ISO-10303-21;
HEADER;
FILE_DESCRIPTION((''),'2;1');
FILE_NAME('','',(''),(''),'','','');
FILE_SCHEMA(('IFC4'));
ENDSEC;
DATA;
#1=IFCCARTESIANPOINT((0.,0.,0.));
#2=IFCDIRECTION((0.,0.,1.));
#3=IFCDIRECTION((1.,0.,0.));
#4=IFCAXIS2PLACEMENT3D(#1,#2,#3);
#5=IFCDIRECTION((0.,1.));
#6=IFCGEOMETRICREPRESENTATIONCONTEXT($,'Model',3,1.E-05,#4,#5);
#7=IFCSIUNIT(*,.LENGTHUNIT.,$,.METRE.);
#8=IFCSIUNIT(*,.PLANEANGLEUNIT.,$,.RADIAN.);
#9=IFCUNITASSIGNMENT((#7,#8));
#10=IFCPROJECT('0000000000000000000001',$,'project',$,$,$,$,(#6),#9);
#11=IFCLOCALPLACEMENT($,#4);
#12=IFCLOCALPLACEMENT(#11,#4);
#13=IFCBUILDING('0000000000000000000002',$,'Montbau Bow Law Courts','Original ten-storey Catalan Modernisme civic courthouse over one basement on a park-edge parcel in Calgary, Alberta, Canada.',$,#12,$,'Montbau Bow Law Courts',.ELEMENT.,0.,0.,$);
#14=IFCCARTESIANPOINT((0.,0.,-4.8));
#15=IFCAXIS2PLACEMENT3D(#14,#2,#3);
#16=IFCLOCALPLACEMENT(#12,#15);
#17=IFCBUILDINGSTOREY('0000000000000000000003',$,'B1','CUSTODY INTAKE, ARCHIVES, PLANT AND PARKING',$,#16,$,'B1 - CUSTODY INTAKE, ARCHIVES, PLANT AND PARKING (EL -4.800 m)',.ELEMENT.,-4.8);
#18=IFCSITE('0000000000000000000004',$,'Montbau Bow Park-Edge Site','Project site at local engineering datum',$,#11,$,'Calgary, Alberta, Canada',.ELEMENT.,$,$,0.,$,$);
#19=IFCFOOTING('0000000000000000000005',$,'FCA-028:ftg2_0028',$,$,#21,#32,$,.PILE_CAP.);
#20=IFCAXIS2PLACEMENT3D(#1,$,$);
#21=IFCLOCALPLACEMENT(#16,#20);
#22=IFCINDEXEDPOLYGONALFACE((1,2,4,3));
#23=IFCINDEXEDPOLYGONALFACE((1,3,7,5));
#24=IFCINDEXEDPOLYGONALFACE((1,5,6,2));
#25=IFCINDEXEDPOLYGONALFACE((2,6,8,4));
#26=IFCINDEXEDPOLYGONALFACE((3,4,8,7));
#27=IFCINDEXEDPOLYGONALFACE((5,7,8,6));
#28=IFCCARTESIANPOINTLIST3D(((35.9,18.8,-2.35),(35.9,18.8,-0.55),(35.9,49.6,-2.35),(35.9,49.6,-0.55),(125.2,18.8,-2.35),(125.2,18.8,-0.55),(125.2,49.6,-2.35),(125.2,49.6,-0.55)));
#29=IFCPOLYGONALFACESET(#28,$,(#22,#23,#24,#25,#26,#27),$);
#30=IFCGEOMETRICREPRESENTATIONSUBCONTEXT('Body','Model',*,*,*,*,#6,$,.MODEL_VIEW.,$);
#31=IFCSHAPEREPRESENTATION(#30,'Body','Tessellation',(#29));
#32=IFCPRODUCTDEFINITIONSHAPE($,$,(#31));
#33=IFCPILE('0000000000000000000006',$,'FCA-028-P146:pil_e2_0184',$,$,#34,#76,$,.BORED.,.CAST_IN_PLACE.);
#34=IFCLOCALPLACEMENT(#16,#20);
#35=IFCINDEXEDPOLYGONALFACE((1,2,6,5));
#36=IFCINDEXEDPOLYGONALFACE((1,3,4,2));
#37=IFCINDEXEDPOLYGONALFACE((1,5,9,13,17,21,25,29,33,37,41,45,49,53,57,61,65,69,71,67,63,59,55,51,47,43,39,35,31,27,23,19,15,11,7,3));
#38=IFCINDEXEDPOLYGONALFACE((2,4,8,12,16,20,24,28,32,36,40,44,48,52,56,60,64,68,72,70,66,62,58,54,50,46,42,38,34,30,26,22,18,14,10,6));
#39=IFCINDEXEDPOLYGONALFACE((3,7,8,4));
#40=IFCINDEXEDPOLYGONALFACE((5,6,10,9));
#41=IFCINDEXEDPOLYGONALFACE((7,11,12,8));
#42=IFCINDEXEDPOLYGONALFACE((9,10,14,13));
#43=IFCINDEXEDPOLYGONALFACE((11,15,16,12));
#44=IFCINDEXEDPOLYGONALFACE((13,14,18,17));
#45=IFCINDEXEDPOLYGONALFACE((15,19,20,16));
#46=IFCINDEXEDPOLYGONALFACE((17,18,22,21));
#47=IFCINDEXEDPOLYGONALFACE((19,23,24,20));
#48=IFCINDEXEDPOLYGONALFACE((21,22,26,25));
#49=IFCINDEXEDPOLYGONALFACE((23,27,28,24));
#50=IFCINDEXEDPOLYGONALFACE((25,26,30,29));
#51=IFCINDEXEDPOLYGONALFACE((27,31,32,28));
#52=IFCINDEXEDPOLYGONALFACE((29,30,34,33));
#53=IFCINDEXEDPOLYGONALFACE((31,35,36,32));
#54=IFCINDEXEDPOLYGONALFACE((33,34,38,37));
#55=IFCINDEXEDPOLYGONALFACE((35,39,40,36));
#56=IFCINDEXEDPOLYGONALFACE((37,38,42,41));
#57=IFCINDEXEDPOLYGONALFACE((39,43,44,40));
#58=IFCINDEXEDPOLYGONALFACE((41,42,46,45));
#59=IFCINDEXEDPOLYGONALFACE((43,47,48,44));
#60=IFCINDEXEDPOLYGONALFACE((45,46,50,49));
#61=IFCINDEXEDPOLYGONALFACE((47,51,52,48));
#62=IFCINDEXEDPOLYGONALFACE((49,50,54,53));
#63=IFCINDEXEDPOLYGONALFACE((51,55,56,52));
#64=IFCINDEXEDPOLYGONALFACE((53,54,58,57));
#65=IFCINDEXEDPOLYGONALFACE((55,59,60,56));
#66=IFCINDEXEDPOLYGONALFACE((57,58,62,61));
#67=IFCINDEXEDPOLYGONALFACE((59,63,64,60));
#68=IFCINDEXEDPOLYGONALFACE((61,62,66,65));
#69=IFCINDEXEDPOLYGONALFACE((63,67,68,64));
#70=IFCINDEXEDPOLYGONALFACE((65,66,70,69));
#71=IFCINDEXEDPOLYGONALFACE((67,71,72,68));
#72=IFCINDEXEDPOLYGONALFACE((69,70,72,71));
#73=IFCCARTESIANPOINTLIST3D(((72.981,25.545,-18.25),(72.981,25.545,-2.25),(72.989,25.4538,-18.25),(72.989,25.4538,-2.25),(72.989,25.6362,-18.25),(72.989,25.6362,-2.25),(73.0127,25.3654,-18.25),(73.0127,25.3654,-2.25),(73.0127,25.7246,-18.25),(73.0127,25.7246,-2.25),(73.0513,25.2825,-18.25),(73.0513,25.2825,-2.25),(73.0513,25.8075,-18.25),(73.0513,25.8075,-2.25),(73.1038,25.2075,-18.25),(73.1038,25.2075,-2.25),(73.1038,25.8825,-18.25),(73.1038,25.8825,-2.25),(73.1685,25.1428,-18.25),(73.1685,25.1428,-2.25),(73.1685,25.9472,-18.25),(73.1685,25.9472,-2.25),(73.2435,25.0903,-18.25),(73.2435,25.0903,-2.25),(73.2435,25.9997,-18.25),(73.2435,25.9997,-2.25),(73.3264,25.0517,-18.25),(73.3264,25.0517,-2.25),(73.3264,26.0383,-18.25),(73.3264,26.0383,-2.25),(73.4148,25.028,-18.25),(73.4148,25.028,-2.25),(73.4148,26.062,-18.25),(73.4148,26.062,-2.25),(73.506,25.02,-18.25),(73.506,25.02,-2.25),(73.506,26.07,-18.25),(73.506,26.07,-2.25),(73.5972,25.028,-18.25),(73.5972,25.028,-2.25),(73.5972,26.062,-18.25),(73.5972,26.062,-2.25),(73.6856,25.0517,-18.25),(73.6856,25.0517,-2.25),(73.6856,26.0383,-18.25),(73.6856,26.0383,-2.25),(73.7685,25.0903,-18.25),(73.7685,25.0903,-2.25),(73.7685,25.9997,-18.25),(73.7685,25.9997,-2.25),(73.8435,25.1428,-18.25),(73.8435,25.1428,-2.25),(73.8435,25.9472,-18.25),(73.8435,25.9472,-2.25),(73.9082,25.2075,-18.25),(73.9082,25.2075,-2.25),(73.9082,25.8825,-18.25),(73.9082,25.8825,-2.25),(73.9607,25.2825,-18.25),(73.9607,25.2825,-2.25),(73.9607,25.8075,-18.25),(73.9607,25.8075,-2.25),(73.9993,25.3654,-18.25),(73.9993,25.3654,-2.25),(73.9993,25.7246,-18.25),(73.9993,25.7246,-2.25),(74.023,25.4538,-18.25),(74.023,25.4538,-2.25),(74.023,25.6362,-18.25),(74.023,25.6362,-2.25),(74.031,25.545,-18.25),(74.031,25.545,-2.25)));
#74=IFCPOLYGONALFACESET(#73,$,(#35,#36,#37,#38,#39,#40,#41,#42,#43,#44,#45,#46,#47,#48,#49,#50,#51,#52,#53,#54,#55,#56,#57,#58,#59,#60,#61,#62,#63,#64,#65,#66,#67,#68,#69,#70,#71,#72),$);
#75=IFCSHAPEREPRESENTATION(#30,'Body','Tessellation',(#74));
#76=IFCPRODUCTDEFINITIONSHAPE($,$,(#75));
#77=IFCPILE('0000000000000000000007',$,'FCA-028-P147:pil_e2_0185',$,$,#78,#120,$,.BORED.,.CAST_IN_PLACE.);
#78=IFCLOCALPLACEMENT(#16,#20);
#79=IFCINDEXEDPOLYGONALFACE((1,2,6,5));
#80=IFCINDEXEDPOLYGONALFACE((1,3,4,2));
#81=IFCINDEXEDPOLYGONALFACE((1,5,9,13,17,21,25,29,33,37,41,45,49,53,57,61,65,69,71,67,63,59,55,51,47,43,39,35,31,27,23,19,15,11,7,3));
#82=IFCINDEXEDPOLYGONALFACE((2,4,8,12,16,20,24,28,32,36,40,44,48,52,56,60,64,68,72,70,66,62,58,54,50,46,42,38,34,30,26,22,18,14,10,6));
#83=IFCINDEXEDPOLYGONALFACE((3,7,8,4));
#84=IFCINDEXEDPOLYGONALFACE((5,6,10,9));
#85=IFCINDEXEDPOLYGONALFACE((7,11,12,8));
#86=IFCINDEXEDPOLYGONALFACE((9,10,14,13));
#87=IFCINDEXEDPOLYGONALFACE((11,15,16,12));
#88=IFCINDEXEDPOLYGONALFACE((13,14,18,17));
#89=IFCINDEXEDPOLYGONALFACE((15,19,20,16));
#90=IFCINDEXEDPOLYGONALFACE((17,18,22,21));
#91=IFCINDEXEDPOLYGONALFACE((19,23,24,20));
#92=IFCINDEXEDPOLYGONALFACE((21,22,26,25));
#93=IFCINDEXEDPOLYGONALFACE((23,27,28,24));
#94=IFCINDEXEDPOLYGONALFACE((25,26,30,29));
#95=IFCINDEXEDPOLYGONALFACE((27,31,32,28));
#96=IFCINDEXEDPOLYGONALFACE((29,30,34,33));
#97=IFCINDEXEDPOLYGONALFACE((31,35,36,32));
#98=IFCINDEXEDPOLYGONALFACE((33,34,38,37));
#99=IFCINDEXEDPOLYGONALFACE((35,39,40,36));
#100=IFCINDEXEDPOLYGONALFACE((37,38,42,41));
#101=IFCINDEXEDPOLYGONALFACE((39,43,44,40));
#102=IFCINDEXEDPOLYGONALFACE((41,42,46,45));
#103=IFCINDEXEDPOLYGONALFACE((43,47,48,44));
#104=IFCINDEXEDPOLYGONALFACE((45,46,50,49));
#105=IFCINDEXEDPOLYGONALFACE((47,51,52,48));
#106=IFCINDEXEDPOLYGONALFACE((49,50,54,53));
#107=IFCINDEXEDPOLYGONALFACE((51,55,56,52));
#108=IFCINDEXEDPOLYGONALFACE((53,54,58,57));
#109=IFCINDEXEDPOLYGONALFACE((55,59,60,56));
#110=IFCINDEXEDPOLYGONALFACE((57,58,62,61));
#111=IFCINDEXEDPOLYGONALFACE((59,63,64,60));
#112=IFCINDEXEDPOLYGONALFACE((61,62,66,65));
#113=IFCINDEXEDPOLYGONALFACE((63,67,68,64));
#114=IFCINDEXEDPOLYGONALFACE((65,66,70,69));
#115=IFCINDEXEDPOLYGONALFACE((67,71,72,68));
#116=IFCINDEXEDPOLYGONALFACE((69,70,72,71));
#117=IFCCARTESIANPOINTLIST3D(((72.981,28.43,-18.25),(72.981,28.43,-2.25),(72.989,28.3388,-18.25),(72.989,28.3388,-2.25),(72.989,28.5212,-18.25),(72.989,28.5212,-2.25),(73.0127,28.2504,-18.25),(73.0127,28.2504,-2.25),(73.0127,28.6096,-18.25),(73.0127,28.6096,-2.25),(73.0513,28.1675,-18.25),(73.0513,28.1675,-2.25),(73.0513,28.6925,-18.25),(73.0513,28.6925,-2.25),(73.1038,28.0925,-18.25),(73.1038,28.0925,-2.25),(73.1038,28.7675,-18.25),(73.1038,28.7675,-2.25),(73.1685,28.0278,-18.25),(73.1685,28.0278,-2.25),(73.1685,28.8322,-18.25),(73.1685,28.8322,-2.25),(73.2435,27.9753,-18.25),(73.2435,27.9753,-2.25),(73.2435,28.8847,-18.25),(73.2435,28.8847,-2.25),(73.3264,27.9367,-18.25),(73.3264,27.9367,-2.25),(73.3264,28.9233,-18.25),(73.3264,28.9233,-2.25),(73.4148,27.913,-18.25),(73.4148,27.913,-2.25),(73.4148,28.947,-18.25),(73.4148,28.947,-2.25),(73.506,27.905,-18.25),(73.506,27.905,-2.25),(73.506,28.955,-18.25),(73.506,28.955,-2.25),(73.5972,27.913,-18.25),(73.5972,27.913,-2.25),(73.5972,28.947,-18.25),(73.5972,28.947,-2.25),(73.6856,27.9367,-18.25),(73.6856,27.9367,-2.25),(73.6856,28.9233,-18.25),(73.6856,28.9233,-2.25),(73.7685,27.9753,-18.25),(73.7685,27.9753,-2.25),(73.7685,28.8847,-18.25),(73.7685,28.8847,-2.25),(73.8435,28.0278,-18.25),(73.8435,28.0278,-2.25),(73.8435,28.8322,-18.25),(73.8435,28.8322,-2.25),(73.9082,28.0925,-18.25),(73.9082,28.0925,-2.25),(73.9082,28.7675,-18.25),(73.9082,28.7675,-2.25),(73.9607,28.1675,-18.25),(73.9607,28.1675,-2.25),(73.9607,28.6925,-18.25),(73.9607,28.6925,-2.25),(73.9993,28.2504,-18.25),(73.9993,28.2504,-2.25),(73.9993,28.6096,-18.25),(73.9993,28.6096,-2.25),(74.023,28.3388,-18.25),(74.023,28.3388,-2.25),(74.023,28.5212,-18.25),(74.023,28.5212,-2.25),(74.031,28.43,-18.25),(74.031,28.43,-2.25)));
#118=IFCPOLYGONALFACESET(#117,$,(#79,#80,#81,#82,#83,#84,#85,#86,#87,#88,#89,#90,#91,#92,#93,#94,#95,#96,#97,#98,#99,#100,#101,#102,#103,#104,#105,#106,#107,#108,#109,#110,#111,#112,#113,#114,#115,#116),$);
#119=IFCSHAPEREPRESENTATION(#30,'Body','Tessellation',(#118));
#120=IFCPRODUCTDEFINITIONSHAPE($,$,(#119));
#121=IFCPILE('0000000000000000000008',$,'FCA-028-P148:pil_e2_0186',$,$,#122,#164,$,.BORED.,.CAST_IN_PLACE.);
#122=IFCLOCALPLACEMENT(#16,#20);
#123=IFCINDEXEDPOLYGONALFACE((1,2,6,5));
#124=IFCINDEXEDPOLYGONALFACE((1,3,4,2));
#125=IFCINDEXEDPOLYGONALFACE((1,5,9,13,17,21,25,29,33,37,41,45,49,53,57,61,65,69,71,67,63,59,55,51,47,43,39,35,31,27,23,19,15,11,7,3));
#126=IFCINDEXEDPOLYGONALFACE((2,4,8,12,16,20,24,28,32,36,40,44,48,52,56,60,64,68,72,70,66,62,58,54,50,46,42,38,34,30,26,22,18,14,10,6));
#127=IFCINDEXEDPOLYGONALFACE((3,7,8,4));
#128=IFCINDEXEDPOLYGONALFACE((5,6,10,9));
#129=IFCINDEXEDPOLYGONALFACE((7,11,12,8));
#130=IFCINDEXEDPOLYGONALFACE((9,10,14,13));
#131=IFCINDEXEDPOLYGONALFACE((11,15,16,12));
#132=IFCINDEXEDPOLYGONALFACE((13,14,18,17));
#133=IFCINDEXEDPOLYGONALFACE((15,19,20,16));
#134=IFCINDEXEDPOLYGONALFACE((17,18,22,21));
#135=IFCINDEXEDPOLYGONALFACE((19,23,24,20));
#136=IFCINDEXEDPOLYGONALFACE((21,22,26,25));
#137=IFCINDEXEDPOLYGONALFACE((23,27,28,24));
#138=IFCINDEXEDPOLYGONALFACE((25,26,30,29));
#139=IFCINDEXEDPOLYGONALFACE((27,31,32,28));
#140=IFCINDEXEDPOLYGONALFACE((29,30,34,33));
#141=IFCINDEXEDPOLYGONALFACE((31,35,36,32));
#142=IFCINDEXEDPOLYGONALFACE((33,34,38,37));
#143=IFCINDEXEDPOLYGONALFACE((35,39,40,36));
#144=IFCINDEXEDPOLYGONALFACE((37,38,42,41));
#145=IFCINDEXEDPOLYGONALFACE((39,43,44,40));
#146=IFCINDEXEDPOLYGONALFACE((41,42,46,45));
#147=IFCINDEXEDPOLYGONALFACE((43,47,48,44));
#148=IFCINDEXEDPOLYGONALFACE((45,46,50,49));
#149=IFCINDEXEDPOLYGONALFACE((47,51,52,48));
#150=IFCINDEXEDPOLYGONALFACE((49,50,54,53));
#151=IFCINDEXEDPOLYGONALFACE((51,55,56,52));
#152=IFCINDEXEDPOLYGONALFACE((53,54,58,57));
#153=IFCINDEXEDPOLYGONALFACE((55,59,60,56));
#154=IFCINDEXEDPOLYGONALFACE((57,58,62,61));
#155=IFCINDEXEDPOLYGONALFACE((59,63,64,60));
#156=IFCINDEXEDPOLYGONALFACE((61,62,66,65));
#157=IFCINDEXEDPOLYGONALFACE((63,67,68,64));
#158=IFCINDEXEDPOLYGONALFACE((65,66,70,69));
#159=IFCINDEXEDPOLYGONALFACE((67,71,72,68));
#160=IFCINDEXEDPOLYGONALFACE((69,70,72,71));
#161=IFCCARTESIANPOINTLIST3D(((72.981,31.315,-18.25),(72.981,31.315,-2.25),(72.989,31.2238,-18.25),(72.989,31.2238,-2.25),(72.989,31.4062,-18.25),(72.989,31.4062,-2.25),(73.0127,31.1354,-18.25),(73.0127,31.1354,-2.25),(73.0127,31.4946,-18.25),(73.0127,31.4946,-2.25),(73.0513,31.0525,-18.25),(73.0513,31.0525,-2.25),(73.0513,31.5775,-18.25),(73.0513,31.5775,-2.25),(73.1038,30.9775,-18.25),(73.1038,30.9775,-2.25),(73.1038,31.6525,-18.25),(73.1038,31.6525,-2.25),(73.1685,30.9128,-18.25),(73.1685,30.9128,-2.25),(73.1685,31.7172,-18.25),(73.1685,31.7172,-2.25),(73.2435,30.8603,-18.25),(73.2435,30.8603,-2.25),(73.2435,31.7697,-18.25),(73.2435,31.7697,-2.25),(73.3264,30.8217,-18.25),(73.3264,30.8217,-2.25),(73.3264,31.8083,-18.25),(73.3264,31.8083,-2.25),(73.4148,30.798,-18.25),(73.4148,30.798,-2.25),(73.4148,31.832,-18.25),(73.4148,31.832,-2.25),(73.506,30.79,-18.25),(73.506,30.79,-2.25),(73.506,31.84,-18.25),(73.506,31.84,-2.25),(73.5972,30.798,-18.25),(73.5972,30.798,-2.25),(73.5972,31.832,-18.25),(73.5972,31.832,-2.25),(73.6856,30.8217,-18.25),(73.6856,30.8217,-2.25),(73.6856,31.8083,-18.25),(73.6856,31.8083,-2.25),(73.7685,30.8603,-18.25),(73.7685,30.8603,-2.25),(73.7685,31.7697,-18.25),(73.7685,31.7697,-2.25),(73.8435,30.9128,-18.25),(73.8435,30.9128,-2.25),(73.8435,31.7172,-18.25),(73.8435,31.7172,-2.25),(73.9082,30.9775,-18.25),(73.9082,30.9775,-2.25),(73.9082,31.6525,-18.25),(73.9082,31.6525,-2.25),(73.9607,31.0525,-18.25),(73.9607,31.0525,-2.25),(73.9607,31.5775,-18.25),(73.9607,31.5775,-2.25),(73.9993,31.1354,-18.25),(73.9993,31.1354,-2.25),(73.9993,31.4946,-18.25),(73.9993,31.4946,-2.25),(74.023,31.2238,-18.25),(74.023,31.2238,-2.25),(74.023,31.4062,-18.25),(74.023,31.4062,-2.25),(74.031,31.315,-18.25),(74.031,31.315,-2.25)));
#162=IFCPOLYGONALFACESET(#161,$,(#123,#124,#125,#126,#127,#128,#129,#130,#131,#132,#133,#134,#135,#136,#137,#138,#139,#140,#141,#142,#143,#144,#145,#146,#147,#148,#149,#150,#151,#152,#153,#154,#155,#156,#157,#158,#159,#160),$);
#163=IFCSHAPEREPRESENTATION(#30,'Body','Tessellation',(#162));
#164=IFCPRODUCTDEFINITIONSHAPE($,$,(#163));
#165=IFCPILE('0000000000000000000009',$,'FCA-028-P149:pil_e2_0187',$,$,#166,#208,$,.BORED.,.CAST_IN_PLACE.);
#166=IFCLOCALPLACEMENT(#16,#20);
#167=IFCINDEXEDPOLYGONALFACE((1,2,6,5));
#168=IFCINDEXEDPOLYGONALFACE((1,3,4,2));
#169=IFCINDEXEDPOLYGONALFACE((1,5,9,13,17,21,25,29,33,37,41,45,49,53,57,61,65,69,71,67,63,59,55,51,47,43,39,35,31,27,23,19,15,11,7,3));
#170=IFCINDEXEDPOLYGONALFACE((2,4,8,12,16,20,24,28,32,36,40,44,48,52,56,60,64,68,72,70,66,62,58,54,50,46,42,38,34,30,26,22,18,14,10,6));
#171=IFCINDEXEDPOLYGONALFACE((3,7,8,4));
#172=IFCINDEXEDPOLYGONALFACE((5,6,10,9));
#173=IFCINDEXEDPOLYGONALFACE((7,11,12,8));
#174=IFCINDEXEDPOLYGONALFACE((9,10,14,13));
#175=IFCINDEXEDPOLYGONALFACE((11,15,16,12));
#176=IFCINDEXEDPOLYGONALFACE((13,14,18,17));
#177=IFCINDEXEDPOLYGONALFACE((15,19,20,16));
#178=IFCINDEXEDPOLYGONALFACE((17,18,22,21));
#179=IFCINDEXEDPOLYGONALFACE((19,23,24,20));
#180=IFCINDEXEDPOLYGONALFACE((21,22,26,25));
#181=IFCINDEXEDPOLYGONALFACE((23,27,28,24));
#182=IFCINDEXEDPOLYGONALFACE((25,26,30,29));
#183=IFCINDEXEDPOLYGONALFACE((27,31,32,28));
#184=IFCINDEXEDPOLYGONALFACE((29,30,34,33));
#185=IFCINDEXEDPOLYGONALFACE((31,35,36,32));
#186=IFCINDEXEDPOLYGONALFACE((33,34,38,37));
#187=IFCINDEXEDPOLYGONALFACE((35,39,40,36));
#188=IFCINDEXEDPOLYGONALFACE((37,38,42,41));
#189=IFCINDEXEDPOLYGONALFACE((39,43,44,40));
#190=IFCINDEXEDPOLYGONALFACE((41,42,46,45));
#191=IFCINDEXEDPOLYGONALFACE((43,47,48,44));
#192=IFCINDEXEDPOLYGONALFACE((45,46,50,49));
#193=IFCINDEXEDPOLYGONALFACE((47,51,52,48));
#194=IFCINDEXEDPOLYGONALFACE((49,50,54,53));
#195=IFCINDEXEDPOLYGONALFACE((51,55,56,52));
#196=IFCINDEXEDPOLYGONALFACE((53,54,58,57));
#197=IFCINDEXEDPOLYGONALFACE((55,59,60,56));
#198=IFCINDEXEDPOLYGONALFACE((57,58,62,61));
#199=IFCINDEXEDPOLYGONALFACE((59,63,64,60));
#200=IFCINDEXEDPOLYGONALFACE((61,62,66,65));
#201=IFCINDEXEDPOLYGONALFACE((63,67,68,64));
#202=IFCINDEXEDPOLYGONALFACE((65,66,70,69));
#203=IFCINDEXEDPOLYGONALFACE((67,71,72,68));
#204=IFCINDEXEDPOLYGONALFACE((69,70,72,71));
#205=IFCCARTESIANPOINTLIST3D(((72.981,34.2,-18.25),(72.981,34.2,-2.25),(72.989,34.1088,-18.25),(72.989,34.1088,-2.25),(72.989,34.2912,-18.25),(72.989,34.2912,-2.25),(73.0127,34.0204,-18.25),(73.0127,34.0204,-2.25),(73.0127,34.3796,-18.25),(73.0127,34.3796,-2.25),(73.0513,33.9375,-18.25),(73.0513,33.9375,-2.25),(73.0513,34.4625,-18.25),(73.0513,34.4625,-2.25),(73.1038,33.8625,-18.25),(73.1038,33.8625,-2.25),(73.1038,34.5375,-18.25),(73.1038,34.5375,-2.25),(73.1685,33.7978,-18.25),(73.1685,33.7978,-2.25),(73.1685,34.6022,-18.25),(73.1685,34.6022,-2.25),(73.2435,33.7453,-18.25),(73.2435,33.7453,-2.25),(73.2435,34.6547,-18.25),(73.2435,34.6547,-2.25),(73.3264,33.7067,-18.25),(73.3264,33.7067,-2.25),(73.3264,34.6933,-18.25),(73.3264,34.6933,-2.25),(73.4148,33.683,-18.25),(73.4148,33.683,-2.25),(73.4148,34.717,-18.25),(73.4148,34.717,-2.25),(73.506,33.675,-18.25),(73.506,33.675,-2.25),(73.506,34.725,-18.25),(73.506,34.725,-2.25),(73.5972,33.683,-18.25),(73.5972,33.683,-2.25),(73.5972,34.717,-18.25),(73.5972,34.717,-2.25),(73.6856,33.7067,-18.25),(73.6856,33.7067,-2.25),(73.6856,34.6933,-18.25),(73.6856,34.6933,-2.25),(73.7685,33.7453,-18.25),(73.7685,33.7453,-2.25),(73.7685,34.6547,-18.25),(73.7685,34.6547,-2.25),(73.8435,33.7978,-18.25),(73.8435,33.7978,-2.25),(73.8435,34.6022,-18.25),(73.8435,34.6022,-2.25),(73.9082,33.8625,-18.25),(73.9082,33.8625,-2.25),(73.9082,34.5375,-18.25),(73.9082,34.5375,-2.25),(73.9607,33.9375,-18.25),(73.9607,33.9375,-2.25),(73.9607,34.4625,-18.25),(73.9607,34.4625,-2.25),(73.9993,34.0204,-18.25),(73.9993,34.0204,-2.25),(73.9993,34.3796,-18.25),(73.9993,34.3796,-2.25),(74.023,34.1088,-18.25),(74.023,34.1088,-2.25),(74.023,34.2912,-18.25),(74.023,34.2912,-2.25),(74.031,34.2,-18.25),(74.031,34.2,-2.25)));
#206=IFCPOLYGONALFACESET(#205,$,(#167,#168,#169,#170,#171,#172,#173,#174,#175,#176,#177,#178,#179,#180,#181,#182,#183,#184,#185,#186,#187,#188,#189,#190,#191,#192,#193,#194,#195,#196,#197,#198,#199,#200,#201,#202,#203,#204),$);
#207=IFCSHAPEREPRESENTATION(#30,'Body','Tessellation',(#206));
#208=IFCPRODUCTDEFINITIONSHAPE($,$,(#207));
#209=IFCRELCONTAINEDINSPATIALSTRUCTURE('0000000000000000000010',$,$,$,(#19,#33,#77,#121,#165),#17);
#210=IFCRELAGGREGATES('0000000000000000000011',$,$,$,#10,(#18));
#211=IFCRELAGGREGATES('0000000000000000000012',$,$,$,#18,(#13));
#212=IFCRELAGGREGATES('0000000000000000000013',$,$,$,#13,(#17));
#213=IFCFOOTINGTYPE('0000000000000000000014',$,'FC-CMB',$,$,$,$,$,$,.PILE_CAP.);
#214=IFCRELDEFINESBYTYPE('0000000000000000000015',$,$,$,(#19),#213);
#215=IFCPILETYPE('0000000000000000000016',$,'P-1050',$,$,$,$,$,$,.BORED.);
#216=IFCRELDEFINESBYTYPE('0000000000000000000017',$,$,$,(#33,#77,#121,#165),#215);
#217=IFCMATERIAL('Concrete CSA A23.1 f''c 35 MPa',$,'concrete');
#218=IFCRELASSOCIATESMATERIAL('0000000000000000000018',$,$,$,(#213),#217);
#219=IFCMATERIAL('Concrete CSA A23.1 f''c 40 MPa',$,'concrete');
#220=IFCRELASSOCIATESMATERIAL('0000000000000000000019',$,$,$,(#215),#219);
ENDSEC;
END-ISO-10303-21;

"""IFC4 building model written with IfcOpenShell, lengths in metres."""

from ifc_helpers import new_model, si_unit, direction, frame, origin_with_axes, origin_2d_with_axis, place, context, subcontext, project, spatial, rectangle, circle, extrude, material, material_profile, profile_set, type_object, element, save


model = new_model("IFC4")

# Units and contexts
model_context = context("Model", 3, precision=1e-05, world=origin_with_axes(), true_north=direction((0.0, 1.0)))
body_context = subcontext(model_context, "Body", "Model", "MODEL_VIEW")
ifc_project = project(units=[si_unit("LENGTHUNIT", "METRE"), si_unit("PLANEANGLEUNIT", "RADIAN")], contexts=[model_context])

# Site, building, storey
site_placement = place(None, origin_with_axes())
site = spatial("IfcSite", under=ifc_project, at=site_placement, Name="Montbau Bow Park-Edge Site", Description="Project site at local engineering datum", LongName="Calgary, Alberta, Canada", CompositionType="ELEMENT", RefElevation=0.0)
building_placement = place(site_placement, origin_with_axes())
building = spatial("IfcBuilding", under=site, at=building_placement, Name="Montbau Bow Law Courts", Description="Original ten-storey Catalan Modernisme civic courthouse over one basement on a park-edge parcel in Calgary, Alberta, Canada.", LongName="Montbau Bow Law Courts", CompositionType="ELEMENT", ElevationOfRefHeight=0.0, ElevationOfTerrain=0.0)
storey_placement = place(building_placement, frame((0.0, 0.0, -4.8), z_axis=(0.0, 0.0, 1.0), x_axis=(1.0, 0.0, 0.0)))
storey = spatial("IfcBuildingStorey", under=building, at=storey_placement, Name="B1", Description="CUSTODY INTAKE, ARCHIVES, PLANT AND PARKING", LongName="B1 - CUSTODY INTAKE, ARCHIVES, PLANT AND PARKING (EL -4.800 m)", CompositionType="ELEMENT", Elevation=-4.8)

# Footing
ifc_material_1 = material(Name="Concrete CSA A23.1 f'c 35 MPa", Category="concrete")
footing_type = type_object("IfcFootingType", Name="FC-CMB", PredefinedType="PILE_CAP", material=ifc_material_1)
footing_placement = place(None, frame((80.55, 34.2, -7.15), z_axis=(0.0, 0.0, 1.0), x_axis=(1.0, 0.0, 0.0)))
element("IfcFooting", 1, at=footing_placement, inside=storey, type_object=footing_type, Name="FCA-028:ftg2_0028", PredefinedType="PILE_CAP", context=body_context, shape_type="SweptSolid", body=[
    extrude(rectangle(XDim=89.3, YDim=30.8, at=origin_2d_with_axis()), origin_with_axes(), (0.0, 0.0, 1.0), 1.8),
])

# Piles
ifc_material_2 = material(Name="Concrete CSA A23.1 f'c 40 MPa", Category="concrete")
ifc_material_profile_1 = material_profile(ifc_material_2, circle(Radius=0.525, at=origin_2d_with_axis()), Name="BP1050", Category="Main", Priority=0)
ifc_profile_set_1 = profile_set([ifc_material_profile_1], Name="Concrete CSA A23.1 f'c 40 MPa")
pile_type = type_object("IfcPileType", Name="P-1050", PredefinedType="BORED", material=ifc_profile_set_1)
for number, where, z_axis, x_axis, name in (
    (2, (73.506, 25.545, -23.05), (0.0, 0.0, 1.0), (1.0, 0.0, 0.0), "FCA-028-P146:pil_e2_0184"),
    (3, (73.506, 28.43, -23.05), (0.0, 0.0, 1.0), (1.0, 0.0, 0.0), "FCA-028-P147:pil_e2_0185"),
    (4, (73.506, 31.315, -23.05), (0.0, 0.0, 1.0), (1.0, 0.0, 0.0), "FCA-028-P148:pil_e2_0186"),
    (5, (73.506, 34.2, -23.05), (0.0, 0.0, 1.0), (1.0, 0.0, 0.0), "FCA-028-P149:pil_e2_0187"),
):
    element("IfcPile", number, at=place(None, frame(where, z_axis=z_axis, x_axis=x_axis)), inside=storey, type_object=pile_type, Name=name, ConstructionType="CAST_IN_PLACE", PredefinedType="BORED", context=body_context, shape_type="SweptSolid", body=[
        extrude(circle(Radius=0.525, at=origin_2d_with_axis()), origin_with_axes(), (0.0, 0.0, 1.0), 16.0),
    ])

save(model, "model.ifc")
